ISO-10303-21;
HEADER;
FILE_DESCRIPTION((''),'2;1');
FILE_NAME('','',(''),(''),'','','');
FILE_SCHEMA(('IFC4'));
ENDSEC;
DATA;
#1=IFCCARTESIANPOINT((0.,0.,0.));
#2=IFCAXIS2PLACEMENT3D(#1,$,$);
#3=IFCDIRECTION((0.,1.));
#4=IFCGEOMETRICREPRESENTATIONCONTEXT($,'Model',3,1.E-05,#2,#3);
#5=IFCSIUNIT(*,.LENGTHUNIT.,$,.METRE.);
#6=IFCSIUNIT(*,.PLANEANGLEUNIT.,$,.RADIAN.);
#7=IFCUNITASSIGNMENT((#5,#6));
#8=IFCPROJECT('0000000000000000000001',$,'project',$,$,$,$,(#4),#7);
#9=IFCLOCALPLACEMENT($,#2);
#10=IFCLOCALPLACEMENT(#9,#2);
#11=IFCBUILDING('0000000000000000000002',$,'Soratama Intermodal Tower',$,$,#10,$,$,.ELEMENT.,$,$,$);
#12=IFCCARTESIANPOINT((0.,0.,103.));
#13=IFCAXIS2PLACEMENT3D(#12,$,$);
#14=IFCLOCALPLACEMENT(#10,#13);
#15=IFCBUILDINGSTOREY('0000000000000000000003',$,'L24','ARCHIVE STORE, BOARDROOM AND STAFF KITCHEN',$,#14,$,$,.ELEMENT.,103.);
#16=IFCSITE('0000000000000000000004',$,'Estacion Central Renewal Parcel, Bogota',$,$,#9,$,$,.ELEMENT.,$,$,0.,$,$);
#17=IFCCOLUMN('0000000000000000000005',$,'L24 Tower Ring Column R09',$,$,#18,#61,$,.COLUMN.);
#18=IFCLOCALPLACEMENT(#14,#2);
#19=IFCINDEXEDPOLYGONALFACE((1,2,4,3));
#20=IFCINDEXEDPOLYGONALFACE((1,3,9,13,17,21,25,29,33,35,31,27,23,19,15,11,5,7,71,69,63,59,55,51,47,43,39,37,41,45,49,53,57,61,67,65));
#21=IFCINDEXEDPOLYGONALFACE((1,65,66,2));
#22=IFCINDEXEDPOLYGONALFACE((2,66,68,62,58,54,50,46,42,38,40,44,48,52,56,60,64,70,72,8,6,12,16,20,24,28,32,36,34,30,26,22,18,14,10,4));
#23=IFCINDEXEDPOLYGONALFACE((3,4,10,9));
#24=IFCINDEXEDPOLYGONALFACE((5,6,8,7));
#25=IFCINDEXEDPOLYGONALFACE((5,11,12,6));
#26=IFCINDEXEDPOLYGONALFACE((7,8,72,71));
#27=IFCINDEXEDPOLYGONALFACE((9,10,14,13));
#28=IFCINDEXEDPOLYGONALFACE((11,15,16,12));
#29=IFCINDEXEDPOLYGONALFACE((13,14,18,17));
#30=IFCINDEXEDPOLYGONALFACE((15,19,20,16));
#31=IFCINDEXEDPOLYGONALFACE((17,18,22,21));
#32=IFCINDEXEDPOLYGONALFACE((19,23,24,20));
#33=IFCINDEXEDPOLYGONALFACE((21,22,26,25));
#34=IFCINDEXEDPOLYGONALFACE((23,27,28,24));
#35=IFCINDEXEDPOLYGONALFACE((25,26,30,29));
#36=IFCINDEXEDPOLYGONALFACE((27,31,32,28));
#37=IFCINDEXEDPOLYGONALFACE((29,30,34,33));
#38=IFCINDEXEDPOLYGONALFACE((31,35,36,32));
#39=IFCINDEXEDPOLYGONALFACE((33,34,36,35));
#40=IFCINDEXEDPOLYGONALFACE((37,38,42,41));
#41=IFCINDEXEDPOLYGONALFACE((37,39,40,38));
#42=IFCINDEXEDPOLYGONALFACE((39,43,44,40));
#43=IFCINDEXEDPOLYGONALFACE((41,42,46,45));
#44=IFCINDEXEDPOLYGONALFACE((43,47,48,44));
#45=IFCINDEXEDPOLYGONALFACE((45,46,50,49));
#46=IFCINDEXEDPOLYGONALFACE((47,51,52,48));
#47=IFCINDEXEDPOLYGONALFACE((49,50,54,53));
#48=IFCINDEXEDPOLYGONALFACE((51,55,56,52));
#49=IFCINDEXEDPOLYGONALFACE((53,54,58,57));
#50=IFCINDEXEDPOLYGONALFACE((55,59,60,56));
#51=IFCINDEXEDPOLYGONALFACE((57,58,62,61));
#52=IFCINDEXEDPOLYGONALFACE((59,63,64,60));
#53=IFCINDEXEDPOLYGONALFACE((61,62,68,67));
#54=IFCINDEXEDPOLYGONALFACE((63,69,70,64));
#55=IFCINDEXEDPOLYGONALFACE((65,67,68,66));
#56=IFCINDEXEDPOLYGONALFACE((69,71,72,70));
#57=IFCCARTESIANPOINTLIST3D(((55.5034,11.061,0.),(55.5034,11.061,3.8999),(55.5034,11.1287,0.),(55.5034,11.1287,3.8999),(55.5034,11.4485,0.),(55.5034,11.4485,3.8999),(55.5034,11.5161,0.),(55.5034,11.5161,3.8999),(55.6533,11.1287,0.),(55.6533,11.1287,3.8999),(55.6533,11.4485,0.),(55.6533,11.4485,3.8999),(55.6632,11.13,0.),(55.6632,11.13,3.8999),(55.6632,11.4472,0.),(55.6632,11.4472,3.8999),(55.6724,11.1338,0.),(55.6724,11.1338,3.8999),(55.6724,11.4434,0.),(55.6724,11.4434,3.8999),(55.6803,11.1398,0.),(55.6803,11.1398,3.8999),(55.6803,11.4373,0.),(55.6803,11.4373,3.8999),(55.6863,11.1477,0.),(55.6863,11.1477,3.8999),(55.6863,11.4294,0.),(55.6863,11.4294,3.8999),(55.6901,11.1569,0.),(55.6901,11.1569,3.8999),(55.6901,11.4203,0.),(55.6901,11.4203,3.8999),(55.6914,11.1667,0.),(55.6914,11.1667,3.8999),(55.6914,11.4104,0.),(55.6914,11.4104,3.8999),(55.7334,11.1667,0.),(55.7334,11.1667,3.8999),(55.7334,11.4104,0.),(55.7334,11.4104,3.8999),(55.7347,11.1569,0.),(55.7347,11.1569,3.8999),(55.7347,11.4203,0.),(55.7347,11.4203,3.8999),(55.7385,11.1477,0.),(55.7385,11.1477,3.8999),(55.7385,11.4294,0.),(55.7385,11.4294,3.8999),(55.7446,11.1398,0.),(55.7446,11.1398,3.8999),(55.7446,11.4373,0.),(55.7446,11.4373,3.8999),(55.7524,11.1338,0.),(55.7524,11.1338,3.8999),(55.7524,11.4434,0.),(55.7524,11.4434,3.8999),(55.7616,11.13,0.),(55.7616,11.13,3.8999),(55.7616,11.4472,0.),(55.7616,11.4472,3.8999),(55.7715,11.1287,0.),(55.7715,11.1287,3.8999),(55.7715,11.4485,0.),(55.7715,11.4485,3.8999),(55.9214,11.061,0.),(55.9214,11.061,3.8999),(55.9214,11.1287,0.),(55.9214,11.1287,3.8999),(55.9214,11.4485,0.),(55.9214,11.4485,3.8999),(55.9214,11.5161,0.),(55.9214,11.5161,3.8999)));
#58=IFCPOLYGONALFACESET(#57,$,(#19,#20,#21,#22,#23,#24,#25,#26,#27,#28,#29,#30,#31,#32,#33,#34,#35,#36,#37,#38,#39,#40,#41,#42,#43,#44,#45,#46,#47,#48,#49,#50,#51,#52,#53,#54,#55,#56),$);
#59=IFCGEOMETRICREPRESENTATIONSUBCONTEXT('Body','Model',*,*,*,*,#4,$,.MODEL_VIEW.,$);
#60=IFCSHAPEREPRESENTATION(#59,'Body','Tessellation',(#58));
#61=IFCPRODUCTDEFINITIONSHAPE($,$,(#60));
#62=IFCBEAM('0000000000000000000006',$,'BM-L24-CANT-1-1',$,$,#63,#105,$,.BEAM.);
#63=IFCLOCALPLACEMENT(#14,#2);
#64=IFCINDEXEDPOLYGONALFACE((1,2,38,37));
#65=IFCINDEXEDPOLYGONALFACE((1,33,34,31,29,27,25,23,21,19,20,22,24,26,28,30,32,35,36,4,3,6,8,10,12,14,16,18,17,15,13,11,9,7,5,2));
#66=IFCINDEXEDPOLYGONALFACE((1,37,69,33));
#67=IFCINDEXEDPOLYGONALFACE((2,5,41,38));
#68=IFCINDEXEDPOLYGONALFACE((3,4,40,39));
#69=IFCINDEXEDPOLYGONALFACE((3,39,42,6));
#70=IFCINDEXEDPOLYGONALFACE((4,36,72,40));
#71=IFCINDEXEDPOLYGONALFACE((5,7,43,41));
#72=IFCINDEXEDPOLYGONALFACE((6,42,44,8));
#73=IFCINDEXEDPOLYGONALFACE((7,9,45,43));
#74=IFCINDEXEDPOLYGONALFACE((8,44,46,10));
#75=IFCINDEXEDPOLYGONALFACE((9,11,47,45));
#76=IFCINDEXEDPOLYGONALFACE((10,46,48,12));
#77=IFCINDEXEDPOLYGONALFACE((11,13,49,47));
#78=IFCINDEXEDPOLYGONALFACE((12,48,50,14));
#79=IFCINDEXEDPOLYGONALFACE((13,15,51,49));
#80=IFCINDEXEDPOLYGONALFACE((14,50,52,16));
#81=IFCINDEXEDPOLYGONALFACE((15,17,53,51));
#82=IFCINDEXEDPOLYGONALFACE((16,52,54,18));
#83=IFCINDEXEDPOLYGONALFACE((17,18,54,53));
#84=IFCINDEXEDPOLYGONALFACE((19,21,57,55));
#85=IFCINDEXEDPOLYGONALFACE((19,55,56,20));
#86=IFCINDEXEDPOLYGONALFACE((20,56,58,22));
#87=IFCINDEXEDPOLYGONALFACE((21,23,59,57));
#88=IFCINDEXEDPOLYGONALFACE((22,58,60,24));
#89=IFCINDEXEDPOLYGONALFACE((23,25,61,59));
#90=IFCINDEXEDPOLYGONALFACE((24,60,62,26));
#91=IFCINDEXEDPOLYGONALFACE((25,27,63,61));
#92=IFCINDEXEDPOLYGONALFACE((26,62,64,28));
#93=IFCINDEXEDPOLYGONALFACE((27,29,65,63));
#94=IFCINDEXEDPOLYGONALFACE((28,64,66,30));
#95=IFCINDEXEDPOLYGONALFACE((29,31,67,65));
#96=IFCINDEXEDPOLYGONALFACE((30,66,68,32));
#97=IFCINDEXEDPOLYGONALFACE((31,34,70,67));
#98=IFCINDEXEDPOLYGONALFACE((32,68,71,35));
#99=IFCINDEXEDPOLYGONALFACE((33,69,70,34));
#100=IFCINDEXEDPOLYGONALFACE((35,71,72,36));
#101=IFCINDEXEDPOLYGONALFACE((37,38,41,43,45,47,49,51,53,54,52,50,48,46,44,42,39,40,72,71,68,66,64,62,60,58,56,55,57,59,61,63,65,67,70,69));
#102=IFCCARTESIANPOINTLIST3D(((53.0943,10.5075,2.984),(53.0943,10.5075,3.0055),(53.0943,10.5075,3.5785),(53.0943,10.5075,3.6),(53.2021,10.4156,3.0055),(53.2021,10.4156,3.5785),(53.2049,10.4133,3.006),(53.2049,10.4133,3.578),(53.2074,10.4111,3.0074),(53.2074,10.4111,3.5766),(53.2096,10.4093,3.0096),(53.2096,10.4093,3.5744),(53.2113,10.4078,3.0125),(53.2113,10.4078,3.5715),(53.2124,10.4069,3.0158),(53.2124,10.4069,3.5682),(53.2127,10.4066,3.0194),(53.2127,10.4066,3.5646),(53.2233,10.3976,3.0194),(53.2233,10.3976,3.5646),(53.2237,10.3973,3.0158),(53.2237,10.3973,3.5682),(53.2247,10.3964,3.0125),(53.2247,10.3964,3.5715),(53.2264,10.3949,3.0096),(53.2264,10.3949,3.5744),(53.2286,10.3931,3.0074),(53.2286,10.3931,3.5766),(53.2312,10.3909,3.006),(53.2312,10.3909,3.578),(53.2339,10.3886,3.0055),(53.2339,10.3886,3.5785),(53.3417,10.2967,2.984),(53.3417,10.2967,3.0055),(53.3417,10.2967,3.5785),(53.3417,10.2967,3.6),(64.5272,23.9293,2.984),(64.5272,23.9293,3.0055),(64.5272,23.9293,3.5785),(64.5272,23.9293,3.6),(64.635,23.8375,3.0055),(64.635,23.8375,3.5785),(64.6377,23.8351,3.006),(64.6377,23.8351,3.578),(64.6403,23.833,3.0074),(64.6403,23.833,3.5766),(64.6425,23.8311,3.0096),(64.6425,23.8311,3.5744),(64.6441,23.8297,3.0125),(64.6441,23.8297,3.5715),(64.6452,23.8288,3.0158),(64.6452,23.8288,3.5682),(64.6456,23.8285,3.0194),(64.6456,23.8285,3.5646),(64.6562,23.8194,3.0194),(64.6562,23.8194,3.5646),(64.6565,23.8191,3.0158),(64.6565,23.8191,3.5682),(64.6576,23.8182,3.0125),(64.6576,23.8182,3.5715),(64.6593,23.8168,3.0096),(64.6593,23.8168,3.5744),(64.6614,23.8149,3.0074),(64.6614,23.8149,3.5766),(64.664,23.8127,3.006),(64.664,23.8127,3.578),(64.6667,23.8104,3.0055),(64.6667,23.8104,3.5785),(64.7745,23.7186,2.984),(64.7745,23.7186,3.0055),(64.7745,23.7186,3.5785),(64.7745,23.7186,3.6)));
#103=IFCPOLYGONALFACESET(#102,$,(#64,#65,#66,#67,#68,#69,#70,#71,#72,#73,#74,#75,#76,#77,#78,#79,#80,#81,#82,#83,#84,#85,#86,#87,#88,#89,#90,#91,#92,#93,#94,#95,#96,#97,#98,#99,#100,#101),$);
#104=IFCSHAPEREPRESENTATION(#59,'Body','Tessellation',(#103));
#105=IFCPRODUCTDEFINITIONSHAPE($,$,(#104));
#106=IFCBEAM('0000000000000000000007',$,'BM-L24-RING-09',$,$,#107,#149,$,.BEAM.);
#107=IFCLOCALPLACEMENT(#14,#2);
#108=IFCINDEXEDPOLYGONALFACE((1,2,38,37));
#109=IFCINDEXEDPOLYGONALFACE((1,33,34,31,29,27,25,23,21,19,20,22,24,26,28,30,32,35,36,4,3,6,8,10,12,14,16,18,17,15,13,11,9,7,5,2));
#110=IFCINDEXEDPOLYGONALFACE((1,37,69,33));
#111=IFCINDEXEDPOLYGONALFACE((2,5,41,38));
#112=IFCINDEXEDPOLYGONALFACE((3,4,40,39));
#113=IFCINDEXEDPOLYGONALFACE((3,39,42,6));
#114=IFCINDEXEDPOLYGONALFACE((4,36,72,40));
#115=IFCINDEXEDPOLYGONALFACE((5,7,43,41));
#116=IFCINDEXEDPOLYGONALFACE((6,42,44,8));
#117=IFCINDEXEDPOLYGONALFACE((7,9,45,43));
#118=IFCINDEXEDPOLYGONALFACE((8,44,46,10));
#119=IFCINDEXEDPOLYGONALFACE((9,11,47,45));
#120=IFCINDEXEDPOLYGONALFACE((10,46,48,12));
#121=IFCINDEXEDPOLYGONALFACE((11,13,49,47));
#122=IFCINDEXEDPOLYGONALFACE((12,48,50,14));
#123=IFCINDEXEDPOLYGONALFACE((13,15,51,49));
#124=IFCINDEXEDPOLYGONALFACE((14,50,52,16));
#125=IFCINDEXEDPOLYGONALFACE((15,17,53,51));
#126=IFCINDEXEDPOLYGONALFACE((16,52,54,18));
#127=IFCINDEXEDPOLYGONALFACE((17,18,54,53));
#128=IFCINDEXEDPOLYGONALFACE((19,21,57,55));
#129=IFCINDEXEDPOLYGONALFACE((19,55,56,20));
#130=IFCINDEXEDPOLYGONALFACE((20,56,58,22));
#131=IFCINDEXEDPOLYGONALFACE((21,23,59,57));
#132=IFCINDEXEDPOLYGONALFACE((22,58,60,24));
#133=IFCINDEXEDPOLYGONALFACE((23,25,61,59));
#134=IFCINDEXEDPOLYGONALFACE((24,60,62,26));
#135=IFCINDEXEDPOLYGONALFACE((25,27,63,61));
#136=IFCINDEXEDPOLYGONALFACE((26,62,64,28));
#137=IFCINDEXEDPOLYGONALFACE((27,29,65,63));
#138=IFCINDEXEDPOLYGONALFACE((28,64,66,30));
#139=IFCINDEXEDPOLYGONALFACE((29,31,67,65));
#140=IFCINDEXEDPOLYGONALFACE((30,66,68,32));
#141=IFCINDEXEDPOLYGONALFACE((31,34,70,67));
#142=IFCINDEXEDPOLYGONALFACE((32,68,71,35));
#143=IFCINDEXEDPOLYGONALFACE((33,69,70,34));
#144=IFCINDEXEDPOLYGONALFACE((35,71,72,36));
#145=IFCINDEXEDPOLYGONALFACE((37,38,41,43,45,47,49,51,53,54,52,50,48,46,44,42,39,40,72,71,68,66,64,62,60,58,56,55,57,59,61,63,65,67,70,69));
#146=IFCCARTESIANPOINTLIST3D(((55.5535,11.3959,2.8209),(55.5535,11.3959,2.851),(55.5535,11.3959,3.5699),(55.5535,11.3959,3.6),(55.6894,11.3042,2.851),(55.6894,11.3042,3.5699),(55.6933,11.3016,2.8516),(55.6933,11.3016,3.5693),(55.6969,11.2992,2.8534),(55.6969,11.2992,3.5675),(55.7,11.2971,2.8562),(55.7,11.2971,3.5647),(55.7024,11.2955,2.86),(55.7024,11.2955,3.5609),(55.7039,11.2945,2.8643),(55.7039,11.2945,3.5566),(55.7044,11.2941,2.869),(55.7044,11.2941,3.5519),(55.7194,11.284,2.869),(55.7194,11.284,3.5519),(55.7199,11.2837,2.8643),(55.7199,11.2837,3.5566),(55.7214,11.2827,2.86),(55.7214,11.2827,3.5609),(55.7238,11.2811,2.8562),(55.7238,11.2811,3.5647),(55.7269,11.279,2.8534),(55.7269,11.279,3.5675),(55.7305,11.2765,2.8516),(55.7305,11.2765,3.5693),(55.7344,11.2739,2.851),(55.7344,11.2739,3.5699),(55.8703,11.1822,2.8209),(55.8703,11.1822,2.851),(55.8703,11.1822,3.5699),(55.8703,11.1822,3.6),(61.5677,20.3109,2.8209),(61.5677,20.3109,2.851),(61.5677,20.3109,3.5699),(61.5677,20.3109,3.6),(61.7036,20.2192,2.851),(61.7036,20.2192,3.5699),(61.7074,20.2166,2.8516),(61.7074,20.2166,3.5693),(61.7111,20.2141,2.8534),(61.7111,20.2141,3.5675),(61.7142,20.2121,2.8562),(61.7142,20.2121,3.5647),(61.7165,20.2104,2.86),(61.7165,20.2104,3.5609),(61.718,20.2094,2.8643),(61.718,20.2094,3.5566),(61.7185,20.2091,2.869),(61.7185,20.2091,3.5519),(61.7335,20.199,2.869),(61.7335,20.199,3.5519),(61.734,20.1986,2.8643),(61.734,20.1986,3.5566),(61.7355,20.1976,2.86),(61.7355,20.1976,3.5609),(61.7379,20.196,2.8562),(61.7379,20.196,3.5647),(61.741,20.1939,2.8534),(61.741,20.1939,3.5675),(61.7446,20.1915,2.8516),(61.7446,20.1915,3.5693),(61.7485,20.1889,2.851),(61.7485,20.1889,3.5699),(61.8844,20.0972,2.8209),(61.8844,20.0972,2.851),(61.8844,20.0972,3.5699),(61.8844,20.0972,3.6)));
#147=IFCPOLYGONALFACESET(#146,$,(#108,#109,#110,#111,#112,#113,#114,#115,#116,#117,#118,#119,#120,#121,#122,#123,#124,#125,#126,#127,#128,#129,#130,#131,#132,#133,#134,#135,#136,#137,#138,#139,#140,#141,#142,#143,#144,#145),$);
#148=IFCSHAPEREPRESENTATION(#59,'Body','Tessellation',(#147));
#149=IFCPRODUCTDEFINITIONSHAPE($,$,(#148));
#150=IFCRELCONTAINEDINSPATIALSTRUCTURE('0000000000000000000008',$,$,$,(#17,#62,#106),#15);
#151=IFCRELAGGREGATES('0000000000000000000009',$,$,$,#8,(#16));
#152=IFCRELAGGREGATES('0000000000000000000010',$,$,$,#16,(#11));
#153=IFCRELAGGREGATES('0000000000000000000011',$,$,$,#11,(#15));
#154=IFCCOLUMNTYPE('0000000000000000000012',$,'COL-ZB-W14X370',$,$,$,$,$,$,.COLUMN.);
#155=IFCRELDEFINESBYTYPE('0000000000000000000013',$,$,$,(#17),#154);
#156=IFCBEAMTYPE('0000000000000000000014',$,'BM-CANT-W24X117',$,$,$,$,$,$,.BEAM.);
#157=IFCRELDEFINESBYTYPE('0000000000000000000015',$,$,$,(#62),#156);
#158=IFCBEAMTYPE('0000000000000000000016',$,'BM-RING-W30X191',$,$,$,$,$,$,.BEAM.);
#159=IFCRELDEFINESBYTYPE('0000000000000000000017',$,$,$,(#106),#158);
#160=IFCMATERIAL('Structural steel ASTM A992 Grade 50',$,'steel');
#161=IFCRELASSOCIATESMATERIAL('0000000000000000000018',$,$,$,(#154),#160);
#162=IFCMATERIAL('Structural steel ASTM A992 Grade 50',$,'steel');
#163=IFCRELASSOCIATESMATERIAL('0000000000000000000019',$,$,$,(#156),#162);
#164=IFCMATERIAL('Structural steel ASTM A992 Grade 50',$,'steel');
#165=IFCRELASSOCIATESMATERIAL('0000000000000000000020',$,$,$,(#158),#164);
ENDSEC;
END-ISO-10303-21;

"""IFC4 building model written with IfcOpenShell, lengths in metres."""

from ifc_helpers import new_model, si_unit, direction, frame, origin, origin_2d, place, context, subcontext, project, spatial, i_section, extrude, material, material_profile, profile_set, type_object, element, save


model = new_model("IFC4")

# Units and contexts
model_context = context("Model", 3, precision=1e-05, world=origin(), true_north=direction((0.0, 1.0)))
body_context = subcontext(model_context, "Body", "Model", "MODEL_VIEW")
ifc_project = project(units=[si_unit("LENGTHUNIT", "METRE"), si_unit("PLANEANGLEUNIT", "RADIAN")], contexts=[model_context])

# Site, building, storey
site_placement = place(None, origin())
site = spatial("IfcSite", under=ifc_project, at=site_placement, Name="Estacion Central Renewal Parcel, Bogota", CompositionType="ELEMENT", RefElevation=0.0)
building_placement = place(site_placement, origin())
building = spatial("IfcBuilding", under=site, at=building_placement, Name="Soratama Intermodal Tower", CompositionType="ELEMENT")
storey_placement = place(building_placement, frame((0.0, 0.0, 103.0)))
storey = spatial("IfcBuildingStorey", under=building, at=storey_placement, Name="L24", Description="ARCHIVE STORE, BOARDROOM AND STAFF KITCHEN", CompositionType="ELEMENT", Elevation=103.0)

# Column
ifc_material_1 = material(Name="Structural steel ASTM A992 Grade 50", Category="steel")
ifc_material_profile_1 = material_profile(ifc_material_1, i_section(OverallWidth=0.418, OverallDepth=0.4551, WebThickness=0.042, FlangeThickness=0.0676, FilletRadius=0.0381, at=origin_2d()), Name="W14X370")
ifc_profile_set_1 = profile_set([ifc_material_profile_1], Name="Structural steel ASTM A992 Grade 50")
column_type = type_object("IfcColumnType", Name="COL-ZB-W14X370", PredefinedType="COLUMN", material=ifc_profile_set_1)
column_placement = place(storey_placement, frame((55.7124, 11.2886, 0.0), z_axis=(0.0, 0.0, 1.0), x_axis=(1.0, 0.0, 0.0)))
element("IfcColumn", 1, at=column_placement, inside=storey, type_object=column_type, Name="L24 Tower Ring Column R09", PredefinedType="COLUMN", context=body_context, shape_type="SweptSolid", body=[
    extrude(i_section(OverallWidth=0.418, OverallDepth=0.4551, WebThickness=0.042, FlangeThickness=0.0676, FilletRadius=0.0381, at=origin_2d()), origin(), (0.0, 0.0, 1.0), 3.8999),
])

# Beams
ifc_material_2 = material(Name="Structural steel ASTM A992 Grade 50", Category="steel")
ifc_material_profile_2 = material_profile(ifc_material_2, i_section(OverallWidth=0.325, OverallDepth=0.616, WebThickness=0.0139, FlangeThickness=0.0215, FilletRadius=0.0139, at=origin_2d()), Name="W24X117")
ifc_profile_set_2 = profile_set([ifc_material_profile_2], Name="Structural steel ASTM A992 Grade 50")
beam_type_1 = type_object("IfcBeamType", Name="BM-CANT-W24X117", PredefinedType="BEAM", material=ifc_profile_set_2)
beam_1_placement = place(storey_placement, frame((53.218, 10.4021, 3.292), z_axis=(0.648447, 0.76126, 0.0), x_axis=(-0.76126, 0.648447, 0.0)))
element("IfcBeam", 2, at=beam_1_placement, inside=storey, type_object=beam_type_1, Name="BM-L24-CANT-1-1", PredefinedType="BEAM", context=body_context, shape_type="SweptSolid", body=[
    extrude(i_section(OverallWidth=0.325, OverallDepth=0.616, WebThickness=0.0139, FlangeThickness=0.0215, FilletRadius=0.0139, at=origin_2d()), origin(), (0.0, 0.0, 1.0), 17.6311),
])
ifc_material_3 = material(Name="Structural steel ASTM A992 Grade 50", Category="steel")
ifc_material_profile_3 = material_profile(ifc_material_3, i_section(OverallWidth=0.3821, OverallDepth=0.7791, WebThickness=0.0181, FlangeThickness=0.03, FilletRadius=0.0181, at=origin_2d()), Name="W30X191")
ifc_profile_set_3 = profile_set([ifc_material_profile_3], Name="Structural steel ASTM A992 Grade 50")
beam_type_2 = type_object("IfcBeamType", Name="BM-RING-W30X191", PredefinedType="BEAM", material=ifc_profile_set_3)
beam_2_placement = place(storey_placement, frame((55.7119, 11.2891, 3.2104), z_axis=(0.55925, 0.828999, 0.0), x_axis=(-0.828999, 0.55925, 0.0)))
element("IfcBeam", 3, at=beam_2_placement, inside=storey, type_object=beam_type_2, Name="BM-L24-RING-09", PredefinedType="BEAM", context=body_context, shape_type="SweptSolid", body=[
    extrude(i_section(OverallWidth=0.3821, OverallDepth=0.7791, WebThickness=0.0181, FlangeThickness=0.03, FilletRadius=0.0181, at=origin_2d()), origin(), (0.0, 0.0, 1.0), 10.7539),
])

save(model, "model.ifc")
